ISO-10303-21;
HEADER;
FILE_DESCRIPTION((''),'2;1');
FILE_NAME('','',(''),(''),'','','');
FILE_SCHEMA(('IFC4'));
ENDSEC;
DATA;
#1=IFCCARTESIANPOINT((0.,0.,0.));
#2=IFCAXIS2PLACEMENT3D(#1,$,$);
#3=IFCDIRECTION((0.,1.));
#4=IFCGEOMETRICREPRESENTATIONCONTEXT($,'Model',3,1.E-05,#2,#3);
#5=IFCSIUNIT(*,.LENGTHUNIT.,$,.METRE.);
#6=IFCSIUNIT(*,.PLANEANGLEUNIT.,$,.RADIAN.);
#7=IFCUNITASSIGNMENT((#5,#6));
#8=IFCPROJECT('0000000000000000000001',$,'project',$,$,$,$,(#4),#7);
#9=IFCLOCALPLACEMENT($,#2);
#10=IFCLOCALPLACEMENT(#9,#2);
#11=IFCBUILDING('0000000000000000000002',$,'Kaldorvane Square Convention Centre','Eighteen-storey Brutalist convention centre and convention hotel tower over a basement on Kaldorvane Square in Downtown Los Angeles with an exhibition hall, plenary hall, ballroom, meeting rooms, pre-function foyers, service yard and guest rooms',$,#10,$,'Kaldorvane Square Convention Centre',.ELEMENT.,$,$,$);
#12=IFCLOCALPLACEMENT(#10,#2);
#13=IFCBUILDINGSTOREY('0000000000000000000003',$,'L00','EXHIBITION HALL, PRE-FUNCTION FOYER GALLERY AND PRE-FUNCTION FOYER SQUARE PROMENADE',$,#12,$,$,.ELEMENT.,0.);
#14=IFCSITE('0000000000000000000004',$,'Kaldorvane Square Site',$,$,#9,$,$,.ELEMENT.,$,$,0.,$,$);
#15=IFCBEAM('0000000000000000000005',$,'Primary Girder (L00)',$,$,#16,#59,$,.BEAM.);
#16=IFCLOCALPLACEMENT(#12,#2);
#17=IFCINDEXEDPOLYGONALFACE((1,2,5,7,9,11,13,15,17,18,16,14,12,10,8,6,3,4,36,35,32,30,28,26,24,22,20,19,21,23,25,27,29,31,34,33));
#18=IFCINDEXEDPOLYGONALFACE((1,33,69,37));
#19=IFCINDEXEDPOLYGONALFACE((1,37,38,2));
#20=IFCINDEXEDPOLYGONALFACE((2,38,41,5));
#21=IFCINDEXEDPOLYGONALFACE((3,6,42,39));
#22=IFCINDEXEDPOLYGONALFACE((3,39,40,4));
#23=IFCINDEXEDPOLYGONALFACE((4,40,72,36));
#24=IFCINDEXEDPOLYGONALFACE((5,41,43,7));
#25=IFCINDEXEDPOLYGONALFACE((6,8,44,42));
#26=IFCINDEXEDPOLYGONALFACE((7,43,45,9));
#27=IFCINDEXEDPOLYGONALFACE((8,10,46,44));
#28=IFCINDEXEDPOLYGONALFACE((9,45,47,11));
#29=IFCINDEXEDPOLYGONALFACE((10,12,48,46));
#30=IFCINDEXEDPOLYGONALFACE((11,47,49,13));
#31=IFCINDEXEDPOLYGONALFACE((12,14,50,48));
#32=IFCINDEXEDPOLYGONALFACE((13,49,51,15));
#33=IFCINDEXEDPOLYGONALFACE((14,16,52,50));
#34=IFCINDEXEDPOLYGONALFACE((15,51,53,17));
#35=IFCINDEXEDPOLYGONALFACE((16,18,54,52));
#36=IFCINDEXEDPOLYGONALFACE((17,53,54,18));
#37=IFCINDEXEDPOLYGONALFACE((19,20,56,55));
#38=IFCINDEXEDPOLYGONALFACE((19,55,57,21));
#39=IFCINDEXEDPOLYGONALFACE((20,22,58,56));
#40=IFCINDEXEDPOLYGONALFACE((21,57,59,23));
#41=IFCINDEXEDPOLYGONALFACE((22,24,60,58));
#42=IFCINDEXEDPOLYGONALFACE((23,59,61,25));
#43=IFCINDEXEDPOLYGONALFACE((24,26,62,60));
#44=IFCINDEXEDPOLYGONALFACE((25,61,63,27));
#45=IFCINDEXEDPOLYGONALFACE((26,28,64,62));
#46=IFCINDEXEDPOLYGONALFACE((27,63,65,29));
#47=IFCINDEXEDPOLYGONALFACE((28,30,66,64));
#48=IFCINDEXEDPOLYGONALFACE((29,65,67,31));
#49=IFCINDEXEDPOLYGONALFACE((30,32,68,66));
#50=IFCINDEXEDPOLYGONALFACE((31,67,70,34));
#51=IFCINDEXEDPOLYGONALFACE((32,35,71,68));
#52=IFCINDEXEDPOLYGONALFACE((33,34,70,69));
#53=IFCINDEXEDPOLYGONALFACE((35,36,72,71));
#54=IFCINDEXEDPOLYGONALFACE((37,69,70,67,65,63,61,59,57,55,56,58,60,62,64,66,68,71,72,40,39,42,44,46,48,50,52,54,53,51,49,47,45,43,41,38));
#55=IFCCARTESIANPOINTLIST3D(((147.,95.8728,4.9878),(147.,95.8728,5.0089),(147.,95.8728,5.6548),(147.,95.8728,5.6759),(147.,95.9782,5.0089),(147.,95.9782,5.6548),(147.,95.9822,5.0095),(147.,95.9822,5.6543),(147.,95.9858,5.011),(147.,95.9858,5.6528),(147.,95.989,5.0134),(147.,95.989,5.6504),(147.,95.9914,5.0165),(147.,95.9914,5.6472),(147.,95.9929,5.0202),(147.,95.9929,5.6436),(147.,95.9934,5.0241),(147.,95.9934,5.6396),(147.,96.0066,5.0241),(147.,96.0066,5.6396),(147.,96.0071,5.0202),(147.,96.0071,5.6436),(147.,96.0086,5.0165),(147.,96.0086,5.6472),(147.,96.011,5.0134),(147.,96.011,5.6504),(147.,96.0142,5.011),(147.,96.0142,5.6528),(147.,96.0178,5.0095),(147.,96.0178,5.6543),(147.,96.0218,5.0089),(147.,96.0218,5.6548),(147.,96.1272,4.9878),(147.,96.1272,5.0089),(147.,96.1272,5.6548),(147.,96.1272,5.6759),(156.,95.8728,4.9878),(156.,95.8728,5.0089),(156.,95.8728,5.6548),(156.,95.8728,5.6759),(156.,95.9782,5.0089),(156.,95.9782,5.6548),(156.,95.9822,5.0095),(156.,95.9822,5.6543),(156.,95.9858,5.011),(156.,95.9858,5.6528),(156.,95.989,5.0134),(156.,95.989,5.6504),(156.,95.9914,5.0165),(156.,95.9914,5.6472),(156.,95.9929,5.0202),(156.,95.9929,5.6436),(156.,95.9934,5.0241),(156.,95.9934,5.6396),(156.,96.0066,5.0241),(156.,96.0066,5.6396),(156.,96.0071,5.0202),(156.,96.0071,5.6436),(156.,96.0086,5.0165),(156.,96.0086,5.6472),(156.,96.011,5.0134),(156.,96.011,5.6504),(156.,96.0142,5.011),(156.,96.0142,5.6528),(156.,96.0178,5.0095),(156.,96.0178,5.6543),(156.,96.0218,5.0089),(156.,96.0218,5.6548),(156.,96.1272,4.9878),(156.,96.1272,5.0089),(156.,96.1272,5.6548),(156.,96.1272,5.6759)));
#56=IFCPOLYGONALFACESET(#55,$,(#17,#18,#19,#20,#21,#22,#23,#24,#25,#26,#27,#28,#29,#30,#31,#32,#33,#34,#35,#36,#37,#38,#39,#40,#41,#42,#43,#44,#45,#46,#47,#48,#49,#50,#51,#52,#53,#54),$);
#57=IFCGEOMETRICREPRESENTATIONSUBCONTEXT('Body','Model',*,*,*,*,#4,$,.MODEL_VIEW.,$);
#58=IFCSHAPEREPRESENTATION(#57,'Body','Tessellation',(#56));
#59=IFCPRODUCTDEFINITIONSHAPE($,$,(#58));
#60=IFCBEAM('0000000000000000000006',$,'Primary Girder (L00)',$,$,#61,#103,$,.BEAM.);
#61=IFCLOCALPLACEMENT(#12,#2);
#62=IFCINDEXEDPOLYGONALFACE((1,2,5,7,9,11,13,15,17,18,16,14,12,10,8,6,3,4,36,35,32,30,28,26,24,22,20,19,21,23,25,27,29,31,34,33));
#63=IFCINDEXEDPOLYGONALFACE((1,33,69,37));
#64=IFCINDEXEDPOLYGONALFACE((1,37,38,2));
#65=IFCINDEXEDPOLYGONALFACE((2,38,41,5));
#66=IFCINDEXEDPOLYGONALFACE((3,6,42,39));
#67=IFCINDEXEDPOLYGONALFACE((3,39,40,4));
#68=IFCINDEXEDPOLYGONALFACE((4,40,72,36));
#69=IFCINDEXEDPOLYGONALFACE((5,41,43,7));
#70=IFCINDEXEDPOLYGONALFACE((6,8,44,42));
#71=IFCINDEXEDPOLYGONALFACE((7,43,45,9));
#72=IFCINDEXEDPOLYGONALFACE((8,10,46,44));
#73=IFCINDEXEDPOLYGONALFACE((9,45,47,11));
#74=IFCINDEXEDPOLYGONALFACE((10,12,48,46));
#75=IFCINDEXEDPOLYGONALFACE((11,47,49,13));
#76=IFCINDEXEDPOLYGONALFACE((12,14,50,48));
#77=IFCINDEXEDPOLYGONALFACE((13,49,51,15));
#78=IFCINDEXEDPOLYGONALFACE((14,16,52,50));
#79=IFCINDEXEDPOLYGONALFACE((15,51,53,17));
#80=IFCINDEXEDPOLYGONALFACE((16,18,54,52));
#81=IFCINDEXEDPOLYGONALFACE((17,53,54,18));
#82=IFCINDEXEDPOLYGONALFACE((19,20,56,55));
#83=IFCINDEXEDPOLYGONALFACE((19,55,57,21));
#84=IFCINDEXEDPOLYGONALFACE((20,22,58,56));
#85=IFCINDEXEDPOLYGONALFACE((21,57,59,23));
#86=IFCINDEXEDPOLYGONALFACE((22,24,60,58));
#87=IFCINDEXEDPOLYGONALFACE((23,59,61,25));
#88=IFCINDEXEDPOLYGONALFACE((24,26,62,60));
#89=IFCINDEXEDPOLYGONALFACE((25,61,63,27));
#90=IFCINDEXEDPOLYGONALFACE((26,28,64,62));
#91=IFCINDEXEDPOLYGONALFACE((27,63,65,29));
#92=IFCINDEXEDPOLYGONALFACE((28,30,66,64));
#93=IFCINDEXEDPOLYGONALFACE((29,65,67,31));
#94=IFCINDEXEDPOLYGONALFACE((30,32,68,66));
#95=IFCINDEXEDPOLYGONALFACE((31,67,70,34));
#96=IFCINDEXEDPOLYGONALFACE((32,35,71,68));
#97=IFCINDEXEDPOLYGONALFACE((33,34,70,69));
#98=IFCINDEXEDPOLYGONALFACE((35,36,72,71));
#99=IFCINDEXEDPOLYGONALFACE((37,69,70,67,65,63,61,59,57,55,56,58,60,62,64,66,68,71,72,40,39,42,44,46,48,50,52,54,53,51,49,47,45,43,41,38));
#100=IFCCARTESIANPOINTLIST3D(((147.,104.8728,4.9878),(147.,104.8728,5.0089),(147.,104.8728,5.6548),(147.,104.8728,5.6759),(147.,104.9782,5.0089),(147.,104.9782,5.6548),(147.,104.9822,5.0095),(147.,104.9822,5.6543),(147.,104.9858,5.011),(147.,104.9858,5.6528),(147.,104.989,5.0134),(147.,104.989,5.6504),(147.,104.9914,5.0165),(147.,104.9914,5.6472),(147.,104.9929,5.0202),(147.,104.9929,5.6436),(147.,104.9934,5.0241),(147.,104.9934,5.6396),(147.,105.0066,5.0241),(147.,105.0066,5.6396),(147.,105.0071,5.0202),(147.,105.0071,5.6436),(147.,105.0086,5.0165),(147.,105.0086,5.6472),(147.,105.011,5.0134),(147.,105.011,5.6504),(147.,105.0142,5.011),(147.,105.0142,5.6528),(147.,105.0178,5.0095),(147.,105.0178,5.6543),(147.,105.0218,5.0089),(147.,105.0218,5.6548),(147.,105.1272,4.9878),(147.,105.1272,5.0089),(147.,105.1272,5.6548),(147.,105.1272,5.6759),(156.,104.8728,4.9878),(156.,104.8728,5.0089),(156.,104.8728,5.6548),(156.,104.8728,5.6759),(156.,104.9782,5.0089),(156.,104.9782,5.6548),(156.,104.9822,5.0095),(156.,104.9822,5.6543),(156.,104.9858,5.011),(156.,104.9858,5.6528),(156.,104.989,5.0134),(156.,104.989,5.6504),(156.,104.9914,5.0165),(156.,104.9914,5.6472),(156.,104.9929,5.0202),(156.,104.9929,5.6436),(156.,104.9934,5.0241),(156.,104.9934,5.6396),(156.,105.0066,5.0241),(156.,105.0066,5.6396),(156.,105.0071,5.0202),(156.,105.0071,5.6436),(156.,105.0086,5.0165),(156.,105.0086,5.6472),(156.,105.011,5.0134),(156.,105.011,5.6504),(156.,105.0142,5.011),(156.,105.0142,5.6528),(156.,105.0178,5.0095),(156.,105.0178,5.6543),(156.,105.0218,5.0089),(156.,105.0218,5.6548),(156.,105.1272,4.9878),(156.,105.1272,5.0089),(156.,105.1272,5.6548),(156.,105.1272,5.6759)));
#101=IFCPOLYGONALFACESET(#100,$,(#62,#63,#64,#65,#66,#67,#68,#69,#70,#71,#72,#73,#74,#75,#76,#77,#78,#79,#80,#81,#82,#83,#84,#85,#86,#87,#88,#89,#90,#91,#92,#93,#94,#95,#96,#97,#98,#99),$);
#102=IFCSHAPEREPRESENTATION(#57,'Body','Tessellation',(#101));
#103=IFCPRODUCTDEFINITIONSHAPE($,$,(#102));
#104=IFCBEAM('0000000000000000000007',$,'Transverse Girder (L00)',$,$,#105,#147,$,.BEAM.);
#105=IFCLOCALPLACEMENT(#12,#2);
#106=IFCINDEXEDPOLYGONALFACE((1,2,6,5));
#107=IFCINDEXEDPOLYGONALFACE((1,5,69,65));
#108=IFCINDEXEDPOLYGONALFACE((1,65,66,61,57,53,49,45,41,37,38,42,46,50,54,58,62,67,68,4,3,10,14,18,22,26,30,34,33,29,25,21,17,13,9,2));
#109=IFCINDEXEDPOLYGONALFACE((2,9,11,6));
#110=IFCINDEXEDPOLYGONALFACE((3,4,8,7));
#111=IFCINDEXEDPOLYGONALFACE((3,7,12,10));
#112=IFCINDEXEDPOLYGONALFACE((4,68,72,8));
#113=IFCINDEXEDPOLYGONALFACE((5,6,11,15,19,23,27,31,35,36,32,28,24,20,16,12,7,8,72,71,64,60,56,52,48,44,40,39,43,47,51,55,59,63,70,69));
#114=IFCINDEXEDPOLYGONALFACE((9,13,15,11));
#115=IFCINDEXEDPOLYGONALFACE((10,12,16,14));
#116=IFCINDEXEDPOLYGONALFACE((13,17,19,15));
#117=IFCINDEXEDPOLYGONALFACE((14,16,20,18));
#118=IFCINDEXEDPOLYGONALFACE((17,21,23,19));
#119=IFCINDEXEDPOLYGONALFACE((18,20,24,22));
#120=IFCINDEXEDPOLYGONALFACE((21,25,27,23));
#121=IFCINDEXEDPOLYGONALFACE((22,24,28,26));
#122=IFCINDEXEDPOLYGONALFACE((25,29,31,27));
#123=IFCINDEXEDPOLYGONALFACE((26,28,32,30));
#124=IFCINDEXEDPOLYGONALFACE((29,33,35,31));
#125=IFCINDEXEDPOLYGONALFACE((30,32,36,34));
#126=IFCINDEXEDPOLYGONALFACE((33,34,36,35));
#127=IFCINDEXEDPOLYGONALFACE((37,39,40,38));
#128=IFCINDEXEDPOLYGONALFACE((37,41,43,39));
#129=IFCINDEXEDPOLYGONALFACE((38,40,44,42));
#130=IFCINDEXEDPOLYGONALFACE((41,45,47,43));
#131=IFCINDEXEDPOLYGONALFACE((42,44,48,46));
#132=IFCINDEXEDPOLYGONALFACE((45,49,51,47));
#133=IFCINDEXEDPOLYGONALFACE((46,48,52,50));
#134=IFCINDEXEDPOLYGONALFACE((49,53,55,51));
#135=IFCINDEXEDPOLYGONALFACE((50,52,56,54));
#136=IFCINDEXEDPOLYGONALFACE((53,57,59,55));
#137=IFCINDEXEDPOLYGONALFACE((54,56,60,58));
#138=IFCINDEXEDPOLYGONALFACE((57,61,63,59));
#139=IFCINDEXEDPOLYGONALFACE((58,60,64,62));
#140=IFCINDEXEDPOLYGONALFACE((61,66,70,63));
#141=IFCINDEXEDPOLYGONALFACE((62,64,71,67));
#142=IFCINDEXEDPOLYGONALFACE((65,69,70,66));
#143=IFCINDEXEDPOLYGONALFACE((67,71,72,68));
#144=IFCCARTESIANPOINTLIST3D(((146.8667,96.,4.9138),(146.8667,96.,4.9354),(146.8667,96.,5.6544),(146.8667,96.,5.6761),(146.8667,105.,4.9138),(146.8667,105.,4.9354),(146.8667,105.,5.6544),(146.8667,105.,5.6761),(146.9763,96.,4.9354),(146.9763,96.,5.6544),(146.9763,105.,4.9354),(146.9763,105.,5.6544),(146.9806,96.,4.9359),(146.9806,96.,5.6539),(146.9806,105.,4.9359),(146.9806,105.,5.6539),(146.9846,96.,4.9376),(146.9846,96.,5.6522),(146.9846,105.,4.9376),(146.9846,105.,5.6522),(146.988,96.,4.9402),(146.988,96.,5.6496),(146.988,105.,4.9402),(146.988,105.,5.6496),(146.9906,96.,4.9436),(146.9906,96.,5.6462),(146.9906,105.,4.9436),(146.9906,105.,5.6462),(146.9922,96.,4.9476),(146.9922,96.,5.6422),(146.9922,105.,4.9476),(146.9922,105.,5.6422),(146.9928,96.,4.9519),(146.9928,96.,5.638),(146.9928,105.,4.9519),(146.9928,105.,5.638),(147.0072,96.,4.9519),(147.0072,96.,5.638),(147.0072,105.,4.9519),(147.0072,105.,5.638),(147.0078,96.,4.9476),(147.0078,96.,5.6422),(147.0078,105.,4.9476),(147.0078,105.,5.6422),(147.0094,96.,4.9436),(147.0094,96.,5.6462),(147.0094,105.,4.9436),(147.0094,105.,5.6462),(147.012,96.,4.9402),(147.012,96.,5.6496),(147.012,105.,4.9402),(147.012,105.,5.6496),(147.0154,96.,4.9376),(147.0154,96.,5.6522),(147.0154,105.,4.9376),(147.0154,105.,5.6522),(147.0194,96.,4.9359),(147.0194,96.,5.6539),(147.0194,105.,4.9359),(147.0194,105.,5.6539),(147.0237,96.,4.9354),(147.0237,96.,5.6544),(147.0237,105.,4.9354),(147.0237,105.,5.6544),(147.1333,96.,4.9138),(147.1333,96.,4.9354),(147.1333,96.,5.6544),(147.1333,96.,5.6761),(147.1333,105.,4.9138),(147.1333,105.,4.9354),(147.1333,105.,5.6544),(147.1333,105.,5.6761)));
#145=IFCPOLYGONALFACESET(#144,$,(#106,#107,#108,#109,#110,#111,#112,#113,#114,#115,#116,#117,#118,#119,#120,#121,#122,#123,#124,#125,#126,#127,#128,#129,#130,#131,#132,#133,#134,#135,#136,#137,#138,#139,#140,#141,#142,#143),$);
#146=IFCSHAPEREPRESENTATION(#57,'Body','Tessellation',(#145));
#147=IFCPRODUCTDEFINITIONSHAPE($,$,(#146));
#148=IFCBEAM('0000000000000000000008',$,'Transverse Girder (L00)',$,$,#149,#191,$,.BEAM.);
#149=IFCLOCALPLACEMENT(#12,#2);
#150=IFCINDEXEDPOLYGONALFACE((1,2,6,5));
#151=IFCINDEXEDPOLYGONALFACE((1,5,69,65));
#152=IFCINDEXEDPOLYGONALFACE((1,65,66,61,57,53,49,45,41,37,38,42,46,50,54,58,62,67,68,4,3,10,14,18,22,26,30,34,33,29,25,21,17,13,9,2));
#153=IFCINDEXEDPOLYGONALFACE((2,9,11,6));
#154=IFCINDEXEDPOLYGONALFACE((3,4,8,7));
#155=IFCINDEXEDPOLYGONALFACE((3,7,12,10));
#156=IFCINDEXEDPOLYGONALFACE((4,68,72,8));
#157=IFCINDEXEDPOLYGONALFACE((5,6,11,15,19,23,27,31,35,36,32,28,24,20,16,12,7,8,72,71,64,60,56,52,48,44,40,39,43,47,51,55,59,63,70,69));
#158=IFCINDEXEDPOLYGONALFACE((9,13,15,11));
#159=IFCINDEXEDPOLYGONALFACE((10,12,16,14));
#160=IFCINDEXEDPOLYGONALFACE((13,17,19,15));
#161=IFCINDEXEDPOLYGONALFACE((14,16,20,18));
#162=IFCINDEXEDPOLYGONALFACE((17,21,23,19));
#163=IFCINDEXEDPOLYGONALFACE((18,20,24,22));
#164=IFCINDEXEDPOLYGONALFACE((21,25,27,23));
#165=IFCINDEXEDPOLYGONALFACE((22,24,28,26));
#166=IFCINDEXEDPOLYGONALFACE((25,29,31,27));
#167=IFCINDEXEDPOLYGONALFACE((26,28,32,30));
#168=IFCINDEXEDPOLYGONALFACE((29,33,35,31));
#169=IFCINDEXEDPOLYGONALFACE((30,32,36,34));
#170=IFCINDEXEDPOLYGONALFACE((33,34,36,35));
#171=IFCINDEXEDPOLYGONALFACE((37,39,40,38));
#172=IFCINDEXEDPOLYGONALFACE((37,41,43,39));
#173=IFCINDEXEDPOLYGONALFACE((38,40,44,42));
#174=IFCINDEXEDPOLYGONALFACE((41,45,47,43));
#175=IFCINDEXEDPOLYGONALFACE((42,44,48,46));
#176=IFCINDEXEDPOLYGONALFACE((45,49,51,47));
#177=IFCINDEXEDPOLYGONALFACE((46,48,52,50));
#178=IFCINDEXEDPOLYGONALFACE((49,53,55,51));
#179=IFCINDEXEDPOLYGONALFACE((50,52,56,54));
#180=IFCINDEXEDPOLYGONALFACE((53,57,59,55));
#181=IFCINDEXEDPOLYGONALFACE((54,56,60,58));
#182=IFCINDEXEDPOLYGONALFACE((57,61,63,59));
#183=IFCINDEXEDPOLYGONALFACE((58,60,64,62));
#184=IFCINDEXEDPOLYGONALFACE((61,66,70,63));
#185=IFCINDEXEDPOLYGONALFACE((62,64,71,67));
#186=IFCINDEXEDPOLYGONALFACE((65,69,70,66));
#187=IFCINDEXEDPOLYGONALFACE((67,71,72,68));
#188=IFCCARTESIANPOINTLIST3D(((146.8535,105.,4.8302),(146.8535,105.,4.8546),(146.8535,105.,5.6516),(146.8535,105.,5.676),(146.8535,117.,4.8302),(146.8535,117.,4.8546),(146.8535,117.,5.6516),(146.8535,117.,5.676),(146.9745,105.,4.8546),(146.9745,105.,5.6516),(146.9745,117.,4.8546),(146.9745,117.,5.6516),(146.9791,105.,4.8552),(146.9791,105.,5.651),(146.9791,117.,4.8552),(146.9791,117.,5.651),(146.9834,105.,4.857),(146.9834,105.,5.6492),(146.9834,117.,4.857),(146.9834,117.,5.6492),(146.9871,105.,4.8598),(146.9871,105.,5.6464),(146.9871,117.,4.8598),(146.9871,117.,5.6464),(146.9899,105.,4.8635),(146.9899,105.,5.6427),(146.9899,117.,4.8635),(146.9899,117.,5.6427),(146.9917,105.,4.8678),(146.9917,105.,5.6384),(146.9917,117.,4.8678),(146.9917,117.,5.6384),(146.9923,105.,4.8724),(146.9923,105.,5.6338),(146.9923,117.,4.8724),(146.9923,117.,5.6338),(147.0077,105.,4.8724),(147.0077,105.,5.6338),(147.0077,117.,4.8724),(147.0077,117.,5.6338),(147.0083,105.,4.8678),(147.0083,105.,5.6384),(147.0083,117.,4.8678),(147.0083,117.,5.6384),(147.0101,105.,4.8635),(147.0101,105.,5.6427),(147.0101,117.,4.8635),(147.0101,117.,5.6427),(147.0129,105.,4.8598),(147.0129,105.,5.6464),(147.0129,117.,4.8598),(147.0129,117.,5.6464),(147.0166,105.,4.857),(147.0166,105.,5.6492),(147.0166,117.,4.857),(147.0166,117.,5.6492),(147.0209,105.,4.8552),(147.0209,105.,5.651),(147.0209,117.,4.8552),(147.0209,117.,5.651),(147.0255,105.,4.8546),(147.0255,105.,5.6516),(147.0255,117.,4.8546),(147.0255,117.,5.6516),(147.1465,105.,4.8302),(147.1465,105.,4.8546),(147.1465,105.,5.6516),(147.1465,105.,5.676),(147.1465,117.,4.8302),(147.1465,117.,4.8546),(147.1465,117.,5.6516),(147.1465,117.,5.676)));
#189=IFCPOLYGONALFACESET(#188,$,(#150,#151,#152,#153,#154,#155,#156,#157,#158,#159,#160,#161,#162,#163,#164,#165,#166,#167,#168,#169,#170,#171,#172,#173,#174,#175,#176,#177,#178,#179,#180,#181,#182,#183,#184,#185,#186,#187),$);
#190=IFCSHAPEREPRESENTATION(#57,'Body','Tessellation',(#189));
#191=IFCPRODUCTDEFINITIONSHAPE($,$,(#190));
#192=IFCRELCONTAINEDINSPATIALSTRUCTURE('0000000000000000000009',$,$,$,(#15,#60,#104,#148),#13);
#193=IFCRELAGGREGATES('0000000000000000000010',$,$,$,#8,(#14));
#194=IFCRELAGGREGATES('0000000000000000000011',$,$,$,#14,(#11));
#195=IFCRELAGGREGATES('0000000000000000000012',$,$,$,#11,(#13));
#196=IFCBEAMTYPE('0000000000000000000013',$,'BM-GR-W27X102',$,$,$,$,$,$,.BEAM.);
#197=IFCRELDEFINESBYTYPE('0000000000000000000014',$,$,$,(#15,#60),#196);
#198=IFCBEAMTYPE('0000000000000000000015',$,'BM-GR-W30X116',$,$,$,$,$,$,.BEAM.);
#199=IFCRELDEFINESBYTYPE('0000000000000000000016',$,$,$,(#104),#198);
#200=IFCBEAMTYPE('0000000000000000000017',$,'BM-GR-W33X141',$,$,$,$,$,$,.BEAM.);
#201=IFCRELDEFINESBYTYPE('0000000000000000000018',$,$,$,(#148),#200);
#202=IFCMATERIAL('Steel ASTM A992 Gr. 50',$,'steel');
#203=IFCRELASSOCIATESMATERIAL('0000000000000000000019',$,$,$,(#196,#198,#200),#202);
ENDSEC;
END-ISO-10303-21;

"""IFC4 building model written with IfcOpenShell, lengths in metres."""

from ifc_helpers import new_model, si_unit, direction, frame, origin, origin_2d, place, context, subcontext, project, spatial, i_section, extrude, material, material_profile, profile_set, type_object, element, save


model = new_model("IFC4")

# Units and contexts
model_context = context("Model", 3, precision=1e-05, world=origin(), true_north=direction((0.0, 1.0)))
body_context = subcontext(model_context, "Body", "Model", "MODEL_VIEW")
ifc_project = project(units=[si_unit("LENGTHUNIT", "METRE"), si_unit("PLANEANGLEUNIT", "RADIAN")], contexts=[model_context])

# Site, building, storey
site_placement = place(None, origin())
site = spatial("IfcSite", under=ifc_project, at=site_placement, Name="Kaldorvane Square Site", CompositionType="ELEMENT", RefElevation=0.0)
building_placement = place(site_placement, origin())
building = spatial("IfcBuilding", under=site, at=building_placement, Name="Kaldorvane Square Convention Centre", Description="Eighteen-storey Brutalist convention centre and convention hotel tower over a basement on Kaldorvane Square in Downtown Los Angeles with an exhibition hall, plenary hall, ballroom, meeting rooms, pre-function foyers, service yard and guest rooms", LongName="Kaldorvane Square Convention Centre", CompositionType="ELEMENT")
storey_placement = place(building_placement, origin())
storey = spatial("IfcBuildingStorey", under=building, at=storey_placement, Name="L00", Description="EXHIBITION HALL, PRE-FUNCTION FOYER GALLERY AND PRE-FUNCTION FOYER SQUARE PROMENADE", CompositionType="ELEMENT", Elevation=0.0)

# Shared definitions
ifc_material_1 = material(Name="Steel ASTM A992 Gr. 50", Category="steel")

# Beams
ifc_material_profile_1 = material_profile(ifc_material_1, i_section(OverallWidth=0.2544, OverallDepth=0.6881, WebThickness=0.0131, FlangeThickness=0.0211, FilletRadius=0.0152, at=origin_2d()), Name="W27X102")
ifc_profile_set_1 = profile_set([ifc_material_profile_1], Name="Steel ASTM A992 Gr. 50")
beam_type_1 = type_object("IfcBeamType", Name="BM-GR-W27X102", PredefinedType="BEAM", material=ifc_profile_set_1)
for number, where, z_axis, x_axis, name in (
    (1, (147.0, 96.0, 5.3319), (1.0, 0.0, 0.0), (0.0, 1.0, 0.0), "Primary Girder (L00)"),
    (2, (147.0, 105.0, 5.3319), (1.0, 0.0, 0.0), (0.0, 1.0, 0.0), "Primary Girder (L00)"),
):
    element("IfcBeam", number, at=place(storey_placement, frame(where, z_axis=z_axis, x_axis=x_axis)), inside=storey, type_object=beam_type_1, Name=name, PredefinedType="BEAM", context=body_context, shape_type="SweptSolid", body=[
        extrude(i_section(OverallWidth=0.2544, OverallDepth=0.6881, WebThickness=0.0131, FlangeThickness=0.0211, FilletRadius=0.0152, at=origin_2d()), origin(), (0.0, 0.0, 1.0), 9.0),
    ])
ifc_material_profile_2 = material_profile(ifc_material_1, i_section(OverallWidth=0.2666, OverallDepth=0.7623, WebThickness=0.0144, FlangeThickness=0.0216, FilletRadius=0.0165, at=origin_2d()), Name="W30X116")
ifc_profile_set_2 = profile_set([ifc_material_profile_2], Name="Steel ASTM A992 Gr. 50")
beam_type_2 = type_object("IfcBeamType", Name="BM-GR-W30X116", PredefinedType="BEAM", material=ifc_profile_set_2)
beam_1_placement = place(storey_placement, frame((147.0, 96.0, 5.2949), z_axis=(0.0, 1.0, 0.0), x_axis=(-1.0, 0.0, 0.0)))
element("IfcBeam", 3, at=beam_1_placement, inside=storey, type_object=beam_type_2, Name="Transverse Girder (L00)", PredefinedType="BEAM", context=body_context, shape_type="SweptSolid", body=[
    extrude(i_section(OverallWidth=0.2666, OverallDepth=0.7623, WebThickness=0.0144, FlangeThickness=0.0216, FilletRadius=0.0165, at=origin_2d()), origin(), (0.0, 0.0, 1.0), 9.0),
])
ifc_material_profile_3 = material_profile(ifc_material_1, i_section(OverallWidth=0.293, OverallDepth=0.8458, WebThickness=0.0154, FlangeThickness=0.0244, FilletRadius=0.0178, at=origin_2d()), Name="W33X141")
ifc_profile_set_3 = profile_set([ifc_material_profile_3], Name="Steel ASTM A992 Gr. 50")
beam_type_3 = type_object("IfcBeamType", Name="BM-GR-W33X141", PredefinedType="BEAM", material=ifc_profile_set_3)
beam_2_placement = place(storey_placement, frame((147.0, 105.0, 5.2531), z_axis=(0.0, 1.0, 0.0), x_axis=(-1.0, 0.0, 0.0)))
element("IfcBeam", 4, at=beam_2_placement, inside=storey, type_object=beam_type_3, Name="Transverse Girder (L00)", PredefinedType="BEAM", context=body_context, shape_type="SweptSolid", body=[
    extrude(i_section(OverallWidth=0.293, OverallDepth=0.8458, WebThickness=0.0154, FlangeThickness=0.0244, FilletRadius=0.0178, at=origin_2d()), origin(), (0.0, 0.0, 1.0), 12.0),
])

save(model, "model.ifc")
